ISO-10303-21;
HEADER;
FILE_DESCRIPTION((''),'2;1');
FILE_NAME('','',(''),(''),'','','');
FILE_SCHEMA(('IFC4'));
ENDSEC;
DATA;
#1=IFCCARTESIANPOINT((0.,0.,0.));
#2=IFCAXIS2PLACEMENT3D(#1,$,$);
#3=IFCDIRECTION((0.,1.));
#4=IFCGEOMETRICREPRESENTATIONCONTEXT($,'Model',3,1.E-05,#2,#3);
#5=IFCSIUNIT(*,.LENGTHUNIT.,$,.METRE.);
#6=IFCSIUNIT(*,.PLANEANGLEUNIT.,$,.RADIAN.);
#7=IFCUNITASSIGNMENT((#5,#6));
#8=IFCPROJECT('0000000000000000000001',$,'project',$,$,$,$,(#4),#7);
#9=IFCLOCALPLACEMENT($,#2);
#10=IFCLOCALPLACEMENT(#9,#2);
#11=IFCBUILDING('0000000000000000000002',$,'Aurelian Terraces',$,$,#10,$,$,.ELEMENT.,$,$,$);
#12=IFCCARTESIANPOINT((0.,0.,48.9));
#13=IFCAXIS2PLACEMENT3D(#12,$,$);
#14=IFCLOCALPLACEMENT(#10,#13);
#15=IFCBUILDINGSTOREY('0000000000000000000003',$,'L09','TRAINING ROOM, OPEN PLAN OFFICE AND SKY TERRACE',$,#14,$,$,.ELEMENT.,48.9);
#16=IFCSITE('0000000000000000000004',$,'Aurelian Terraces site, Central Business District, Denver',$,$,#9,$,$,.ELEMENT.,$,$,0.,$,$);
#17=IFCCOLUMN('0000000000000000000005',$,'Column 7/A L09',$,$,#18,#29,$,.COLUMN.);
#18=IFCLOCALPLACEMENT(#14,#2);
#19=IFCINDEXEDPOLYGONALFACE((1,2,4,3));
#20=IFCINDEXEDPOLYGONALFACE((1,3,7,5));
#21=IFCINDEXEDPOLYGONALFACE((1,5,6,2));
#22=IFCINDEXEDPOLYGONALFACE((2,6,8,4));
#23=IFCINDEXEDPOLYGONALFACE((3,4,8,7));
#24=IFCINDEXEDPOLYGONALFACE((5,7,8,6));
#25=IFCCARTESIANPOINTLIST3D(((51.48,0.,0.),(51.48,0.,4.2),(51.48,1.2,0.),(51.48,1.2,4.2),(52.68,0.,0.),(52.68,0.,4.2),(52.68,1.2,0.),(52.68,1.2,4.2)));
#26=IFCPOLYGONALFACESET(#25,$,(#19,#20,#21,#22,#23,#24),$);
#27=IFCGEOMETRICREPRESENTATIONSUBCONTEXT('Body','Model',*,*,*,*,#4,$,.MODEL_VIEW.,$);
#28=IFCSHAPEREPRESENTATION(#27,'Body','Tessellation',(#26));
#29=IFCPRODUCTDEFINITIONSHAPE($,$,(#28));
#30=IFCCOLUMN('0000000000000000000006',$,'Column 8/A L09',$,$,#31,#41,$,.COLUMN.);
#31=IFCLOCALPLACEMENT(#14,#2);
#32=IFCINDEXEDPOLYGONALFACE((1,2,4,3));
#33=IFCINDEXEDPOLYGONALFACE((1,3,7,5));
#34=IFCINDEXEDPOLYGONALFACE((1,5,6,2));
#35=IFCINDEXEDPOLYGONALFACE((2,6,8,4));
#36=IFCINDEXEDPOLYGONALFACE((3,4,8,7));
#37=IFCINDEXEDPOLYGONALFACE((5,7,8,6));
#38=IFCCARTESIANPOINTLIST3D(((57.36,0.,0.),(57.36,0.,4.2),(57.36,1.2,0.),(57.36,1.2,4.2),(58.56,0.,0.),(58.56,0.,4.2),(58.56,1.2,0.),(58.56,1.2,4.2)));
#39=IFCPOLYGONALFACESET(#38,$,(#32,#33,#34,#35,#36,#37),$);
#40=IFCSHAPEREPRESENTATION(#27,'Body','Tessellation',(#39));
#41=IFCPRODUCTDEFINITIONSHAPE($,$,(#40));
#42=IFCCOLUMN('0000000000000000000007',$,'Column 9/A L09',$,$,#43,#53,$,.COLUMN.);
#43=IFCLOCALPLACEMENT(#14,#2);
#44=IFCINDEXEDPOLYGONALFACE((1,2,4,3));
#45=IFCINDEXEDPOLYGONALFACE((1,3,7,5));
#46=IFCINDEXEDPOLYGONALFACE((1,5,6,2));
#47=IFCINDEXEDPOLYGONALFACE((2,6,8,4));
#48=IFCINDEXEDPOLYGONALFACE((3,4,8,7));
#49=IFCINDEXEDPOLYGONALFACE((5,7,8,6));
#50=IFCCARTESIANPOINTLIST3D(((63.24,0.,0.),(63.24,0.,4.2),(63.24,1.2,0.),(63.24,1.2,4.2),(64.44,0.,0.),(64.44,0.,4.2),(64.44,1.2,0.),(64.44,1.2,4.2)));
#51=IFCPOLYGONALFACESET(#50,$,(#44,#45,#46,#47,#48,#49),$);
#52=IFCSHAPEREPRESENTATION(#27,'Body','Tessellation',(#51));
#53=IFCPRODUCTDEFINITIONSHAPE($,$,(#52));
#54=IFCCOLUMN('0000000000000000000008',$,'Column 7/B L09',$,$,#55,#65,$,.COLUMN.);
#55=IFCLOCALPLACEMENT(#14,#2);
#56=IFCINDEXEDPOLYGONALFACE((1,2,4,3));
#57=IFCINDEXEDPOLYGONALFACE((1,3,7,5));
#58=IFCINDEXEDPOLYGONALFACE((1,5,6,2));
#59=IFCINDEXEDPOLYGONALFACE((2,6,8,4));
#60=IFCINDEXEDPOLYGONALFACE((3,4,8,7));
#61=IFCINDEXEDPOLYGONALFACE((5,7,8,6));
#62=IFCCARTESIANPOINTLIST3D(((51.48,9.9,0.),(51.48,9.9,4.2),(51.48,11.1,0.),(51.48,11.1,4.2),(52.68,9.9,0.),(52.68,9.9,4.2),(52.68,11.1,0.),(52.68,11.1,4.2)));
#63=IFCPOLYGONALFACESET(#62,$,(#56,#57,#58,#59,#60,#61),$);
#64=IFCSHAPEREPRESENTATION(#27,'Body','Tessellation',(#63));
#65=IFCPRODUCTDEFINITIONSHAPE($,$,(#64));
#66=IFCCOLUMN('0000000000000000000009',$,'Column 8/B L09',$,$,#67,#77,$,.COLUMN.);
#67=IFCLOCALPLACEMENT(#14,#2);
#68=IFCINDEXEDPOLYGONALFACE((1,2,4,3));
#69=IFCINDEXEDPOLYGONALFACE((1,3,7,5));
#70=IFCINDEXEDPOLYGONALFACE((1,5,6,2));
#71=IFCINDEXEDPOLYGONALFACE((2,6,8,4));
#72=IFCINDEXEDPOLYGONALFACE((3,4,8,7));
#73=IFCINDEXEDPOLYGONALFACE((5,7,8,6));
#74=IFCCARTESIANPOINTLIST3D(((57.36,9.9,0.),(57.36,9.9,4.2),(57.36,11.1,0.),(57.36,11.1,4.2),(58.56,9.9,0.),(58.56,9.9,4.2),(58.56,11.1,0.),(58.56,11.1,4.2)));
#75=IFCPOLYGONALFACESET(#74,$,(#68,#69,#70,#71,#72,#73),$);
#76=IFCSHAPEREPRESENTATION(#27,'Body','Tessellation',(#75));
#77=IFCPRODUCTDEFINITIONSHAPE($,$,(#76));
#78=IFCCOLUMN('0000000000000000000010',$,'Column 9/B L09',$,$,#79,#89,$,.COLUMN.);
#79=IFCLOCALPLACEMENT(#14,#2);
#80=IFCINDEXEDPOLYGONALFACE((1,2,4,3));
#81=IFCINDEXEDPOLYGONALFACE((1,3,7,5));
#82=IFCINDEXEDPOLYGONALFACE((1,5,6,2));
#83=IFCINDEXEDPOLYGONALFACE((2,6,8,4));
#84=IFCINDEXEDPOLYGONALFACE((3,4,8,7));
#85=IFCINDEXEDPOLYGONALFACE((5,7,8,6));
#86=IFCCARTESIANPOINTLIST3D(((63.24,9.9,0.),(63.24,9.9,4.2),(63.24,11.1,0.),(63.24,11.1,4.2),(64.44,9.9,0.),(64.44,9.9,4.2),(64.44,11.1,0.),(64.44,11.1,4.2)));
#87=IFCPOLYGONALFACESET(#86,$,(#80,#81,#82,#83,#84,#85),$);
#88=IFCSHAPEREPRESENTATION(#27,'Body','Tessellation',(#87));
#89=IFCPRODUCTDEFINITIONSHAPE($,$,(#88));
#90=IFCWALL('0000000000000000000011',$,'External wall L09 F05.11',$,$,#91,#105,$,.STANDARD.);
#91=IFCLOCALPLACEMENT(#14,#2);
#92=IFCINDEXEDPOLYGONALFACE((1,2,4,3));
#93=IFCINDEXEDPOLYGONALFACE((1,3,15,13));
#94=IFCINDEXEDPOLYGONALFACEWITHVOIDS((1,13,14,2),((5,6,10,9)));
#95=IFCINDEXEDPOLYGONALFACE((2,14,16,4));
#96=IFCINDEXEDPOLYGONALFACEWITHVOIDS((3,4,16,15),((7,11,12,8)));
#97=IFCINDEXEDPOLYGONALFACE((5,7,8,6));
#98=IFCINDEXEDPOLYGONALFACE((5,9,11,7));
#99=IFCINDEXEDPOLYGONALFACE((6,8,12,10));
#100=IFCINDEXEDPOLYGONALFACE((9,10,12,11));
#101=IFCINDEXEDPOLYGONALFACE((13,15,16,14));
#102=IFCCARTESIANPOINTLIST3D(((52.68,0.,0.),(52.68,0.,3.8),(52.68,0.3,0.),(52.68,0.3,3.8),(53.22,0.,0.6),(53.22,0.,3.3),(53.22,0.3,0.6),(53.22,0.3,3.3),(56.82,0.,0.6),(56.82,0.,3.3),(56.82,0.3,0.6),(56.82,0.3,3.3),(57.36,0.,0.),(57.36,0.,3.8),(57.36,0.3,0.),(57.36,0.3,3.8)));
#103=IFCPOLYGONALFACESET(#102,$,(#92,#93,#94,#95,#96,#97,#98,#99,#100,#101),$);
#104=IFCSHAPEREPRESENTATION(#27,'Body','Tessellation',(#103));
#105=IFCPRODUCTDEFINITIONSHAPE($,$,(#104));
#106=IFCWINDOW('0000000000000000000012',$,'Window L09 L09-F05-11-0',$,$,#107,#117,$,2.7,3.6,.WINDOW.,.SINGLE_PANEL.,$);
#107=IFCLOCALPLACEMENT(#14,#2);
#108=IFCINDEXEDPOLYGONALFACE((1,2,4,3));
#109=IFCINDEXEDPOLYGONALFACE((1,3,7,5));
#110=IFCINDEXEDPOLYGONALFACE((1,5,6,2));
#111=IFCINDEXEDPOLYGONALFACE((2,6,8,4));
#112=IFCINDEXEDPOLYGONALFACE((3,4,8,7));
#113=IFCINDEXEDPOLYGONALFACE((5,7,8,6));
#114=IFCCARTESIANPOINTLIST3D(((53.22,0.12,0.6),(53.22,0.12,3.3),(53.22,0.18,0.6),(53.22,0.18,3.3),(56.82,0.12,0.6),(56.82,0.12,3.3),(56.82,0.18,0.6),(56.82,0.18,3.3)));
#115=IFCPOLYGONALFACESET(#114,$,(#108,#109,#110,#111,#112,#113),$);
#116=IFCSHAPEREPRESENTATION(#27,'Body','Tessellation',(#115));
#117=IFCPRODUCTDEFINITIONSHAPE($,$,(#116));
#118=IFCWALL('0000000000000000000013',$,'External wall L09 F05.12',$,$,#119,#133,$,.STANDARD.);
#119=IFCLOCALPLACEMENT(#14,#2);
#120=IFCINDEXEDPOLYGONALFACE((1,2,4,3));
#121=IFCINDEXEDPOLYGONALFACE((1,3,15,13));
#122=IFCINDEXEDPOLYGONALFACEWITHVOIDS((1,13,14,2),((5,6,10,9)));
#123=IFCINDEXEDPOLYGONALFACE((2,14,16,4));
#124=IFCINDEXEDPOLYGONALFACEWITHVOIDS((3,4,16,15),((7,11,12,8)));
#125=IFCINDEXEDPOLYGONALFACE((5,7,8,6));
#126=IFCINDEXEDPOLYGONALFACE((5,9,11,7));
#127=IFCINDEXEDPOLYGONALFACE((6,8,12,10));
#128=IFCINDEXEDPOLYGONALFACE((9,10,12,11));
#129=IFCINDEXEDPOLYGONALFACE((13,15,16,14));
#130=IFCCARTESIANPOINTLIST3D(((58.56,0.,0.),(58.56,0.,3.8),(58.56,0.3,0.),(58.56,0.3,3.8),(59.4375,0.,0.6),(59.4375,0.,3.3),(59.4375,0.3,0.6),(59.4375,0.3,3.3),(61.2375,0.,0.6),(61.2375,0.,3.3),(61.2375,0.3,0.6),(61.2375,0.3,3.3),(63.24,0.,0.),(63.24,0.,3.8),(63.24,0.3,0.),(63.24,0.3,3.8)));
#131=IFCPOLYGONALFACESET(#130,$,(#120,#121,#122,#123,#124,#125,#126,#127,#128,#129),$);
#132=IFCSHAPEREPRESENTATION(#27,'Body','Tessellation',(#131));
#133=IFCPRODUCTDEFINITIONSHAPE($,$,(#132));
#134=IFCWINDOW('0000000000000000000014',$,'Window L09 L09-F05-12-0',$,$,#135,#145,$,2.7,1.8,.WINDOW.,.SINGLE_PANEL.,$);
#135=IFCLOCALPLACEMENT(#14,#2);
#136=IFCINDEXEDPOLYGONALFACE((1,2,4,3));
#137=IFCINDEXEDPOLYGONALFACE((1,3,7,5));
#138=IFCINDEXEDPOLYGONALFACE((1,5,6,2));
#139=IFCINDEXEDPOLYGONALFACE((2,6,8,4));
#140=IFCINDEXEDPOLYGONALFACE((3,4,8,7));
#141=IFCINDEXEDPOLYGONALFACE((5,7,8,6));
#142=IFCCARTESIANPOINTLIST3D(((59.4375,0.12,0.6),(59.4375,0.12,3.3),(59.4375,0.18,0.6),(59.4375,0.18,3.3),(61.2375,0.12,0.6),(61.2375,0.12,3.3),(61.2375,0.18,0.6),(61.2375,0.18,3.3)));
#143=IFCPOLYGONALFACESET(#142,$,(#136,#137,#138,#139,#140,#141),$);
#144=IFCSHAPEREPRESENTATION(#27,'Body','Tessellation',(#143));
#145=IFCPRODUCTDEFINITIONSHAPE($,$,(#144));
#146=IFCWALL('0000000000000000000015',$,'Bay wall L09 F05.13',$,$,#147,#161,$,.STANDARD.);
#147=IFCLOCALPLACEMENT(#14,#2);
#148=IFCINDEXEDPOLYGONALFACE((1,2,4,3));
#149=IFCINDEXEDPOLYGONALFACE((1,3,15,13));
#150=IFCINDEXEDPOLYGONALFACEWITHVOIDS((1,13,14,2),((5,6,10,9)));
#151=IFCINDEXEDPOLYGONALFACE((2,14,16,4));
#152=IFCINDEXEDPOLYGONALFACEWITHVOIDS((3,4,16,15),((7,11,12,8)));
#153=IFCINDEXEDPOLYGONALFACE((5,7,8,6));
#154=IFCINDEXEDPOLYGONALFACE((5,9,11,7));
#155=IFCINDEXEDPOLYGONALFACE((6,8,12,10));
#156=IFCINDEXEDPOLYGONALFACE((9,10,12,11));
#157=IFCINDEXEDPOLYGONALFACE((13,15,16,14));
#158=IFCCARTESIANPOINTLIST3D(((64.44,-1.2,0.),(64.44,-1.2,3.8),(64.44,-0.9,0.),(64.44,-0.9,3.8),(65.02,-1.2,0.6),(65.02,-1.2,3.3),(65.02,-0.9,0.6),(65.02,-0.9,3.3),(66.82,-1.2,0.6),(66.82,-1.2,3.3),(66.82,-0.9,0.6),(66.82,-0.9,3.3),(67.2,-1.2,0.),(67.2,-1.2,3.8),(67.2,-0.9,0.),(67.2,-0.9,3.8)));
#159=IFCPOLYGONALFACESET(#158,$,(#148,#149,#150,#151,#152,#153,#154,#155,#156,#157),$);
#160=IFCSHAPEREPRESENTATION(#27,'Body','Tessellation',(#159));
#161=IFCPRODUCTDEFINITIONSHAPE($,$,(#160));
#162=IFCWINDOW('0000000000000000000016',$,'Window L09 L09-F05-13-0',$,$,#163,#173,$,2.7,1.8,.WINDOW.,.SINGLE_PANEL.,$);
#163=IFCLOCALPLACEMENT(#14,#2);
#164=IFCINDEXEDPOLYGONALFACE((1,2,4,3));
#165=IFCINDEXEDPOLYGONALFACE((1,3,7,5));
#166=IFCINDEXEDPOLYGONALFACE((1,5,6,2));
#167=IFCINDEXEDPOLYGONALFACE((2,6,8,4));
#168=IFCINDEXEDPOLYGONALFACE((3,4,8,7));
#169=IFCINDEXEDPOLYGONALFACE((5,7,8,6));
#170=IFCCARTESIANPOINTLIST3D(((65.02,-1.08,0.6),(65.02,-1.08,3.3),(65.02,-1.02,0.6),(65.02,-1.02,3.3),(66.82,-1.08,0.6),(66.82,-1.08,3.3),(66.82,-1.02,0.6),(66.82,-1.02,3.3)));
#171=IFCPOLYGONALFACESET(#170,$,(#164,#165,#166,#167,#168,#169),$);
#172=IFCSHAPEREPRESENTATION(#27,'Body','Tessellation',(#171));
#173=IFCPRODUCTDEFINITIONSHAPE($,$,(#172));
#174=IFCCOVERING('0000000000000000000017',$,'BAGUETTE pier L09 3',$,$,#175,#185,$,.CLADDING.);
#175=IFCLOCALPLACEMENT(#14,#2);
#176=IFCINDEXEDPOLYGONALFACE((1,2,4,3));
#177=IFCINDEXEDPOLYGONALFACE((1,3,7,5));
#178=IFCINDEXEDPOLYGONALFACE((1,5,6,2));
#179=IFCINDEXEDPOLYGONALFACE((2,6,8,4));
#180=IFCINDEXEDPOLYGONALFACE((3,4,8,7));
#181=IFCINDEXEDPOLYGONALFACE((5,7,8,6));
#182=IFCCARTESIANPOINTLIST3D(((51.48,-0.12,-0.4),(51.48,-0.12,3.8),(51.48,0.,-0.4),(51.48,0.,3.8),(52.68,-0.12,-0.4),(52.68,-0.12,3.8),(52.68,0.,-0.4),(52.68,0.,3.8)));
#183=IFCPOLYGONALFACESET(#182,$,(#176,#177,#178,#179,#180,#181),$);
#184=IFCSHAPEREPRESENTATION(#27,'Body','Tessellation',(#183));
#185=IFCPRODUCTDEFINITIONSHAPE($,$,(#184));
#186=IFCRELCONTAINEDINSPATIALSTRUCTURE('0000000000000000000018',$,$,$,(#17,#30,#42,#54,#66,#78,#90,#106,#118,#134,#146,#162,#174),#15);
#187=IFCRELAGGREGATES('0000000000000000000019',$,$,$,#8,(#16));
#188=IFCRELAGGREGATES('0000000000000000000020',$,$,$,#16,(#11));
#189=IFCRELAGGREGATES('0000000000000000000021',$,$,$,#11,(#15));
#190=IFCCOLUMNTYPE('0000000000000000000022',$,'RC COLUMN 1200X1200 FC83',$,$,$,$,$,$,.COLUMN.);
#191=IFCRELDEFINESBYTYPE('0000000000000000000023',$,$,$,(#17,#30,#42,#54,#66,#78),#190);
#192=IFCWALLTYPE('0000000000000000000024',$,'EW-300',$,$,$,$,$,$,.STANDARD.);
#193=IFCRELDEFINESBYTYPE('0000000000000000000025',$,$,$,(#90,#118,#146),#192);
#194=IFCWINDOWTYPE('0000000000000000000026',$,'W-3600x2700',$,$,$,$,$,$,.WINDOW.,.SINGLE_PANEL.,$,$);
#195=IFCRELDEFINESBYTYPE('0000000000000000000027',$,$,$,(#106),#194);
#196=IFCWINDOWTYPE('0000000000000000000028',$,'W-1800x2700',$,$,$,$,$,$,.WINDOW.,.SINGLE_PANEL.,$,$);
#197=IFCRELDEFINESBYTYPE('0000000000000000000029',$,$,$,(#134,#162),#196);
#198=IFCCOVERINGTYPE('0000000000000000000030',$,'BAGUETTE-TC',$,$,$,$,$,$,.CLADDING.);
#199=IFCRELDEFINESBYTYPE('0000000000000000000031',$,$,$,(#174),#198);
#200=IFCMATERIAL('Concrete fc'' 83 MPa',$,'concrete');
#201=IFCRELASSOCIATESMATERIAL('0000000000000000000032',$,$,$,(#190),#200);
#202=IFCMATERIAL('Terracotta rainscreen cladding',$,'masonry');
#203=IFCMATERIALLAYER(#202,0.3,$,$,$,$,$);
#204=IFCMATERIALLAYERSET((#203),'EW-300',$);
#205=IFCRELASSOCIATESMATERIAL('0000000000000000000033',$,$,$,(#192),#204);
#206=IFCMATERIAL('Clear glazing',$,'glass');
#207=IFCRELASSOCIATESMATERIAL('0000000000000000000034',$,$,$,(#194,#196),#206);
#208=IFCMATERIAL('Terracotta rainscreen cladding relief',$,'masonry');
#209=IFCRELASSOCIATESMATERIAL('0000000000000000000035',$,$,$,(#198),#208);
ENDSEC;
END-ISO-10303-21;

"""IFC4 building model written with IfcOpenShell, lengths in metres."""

from ifc_helpers import new_model, si_unit, direction, frame, frame_2d, origin, origin_2d, place, context, subcontext, project, spatial, rectangle, extrude, source, transform, mapped, material, layer, layer_set, material_profile, profile_set, type_object, element, fill, save


model = new_model("IFC4")

# Units and contexts
model_context = context("Model", 3, precision=1e-05, world=origin(), true_north=direction((0.0, 1.0)))
body_context = subcontext(model_context, "Body", "Model", "MODEL_VIEW")
ifc_project = project(units=[si_unit("LENGTHUNIT", "METRE"), si_unit("PLANEANGLEUNIT", "RADIAN")], contexts=[model_context])

# Site, building, storey
site_placement = place(None, origin())
site = spatial("IfcSite", under=ifc_project, at=site_placement, Name="Aurelian Terraces site, Central Business District, Denver", CompositionType="ELEMENT", RefElevation=0.0)
building_placement = place(site_placement, origin())
building = spatial("IfcBuilding", under=site, at=building_placement, Name="Aurelian Terraces", CompositionType="ELEMENT")
storey_placement = place(building_placement, frame((0.0, 0.0, 48.9)))
storey = spatial("IfcBuildingStorey", under=building, at=storey_placement, Name="L09", Description="TRAINING ROOM, OPEN PLAN OFFICE AND SKY TERRACE", CompositionType="ELEMENT", Elevation=48.9)

# Columns
ifc_material_1 = material(Name="Concrete fc' 83 MPa", Category="concrete")
ifc_material_profile = material_profile(ifc_material_1, rectangle(XDim=1.2, YDim=1.2, at=origin_2d()))
ifc_profile_set = profile_set([ifc_material_profile], Name="Concrete fc' 83 MPa")
column_type = type_object("IfcColumnType", Name="RC COLUMN 1200X1200 FC83", PredefinedType="COLUMN", material=ifc_profile_set)
shared_shape_1 = source(origin(), body_context, "Body", "SweptSolid", [
    extrude(rectangle(XDim=1.2, YDim=1.2, at=origin_2d()), origin(), (0.0, 0.0, 1.0), 4.2),
])
for number, where, z_axis, x_axis, name in (
    (1, (52.08, 0.6, 0.0), (0.0, 0.0, 1.0), (1.0, 0.0, 0.0), "Column 7/A L09"),
    (2, (57.96, 0.6, 0.0), (0.0, 0.0, 1.0), (1.0, 0.0, 0.0), "Column 8/A L09"),
    (3, (63.84, 0.6, 0.0), (0.0, 0.0, 1.0), (1.0, 0.0, 0.0), "Column 9/A L09"),
    (4, (52.08, 10.5, 0.0), (0.0, 0.0, 1.0), (1.0, 0.0, 0.0), "Column 7/B L09"),
    (5, (57.96, 10.5, 0.0), (0.0, 0.0, 1.0), (1.0, 0.0, 0.0), "Column 8/B L09"),
    (6, (63.84, 10.5, 0.0), (0.0, 0.0, 1.0), (1.0, 0.0, 0.0), "Column 9/B L09"),
):
    element("IfcColumn", number, at=place(storey_placement, frame(where, z_axis=z_axis, x_axis=x_axis)), inside=storey, type_object=column_type, Name=name, PredefinedType="COLUMN", context=body_context, shape_type="MappedRepresentation", body=[
        mapped(shared_shape_1, transform((0.0, 0.0, 0.0), scale=1.0)),
    ])

# Walls, openings, windows
ifc_material_2 = material(Name="Terracotta rainscreen cladding", Category="masonry")
ifc_layer = layer(ifc_material_2, 0.3)
ifc_layer_set = layer_set([ifc_layer], Name="EW-300")
wall_type = type_object("IfcWallType", Name="EW-300", PredefinedType="STANDARD", material=ifc_layer_set)
shared_shape_2 = source(origin(), body_context, "Body", "SweptSolid", [
    extrude(rectangle(XDim=4.68, YDim=0.3, at=frame_2d((2.34, 0.0))), origin(), (0.0, 0.0, 1.0), 3.8),
])
wall_1_placement = place(storey_placement, frame((52.68, 0.15, 0.0), z_axis=(0.0, 0.0, 1.0), x_axis=(1.0, 0.0, 0.0)))
wall_1 = element("IfcWall", 7, at=wall_1_placement, inside=storey, type_object=wall_type, Name="External wall L09 F05.11", PredefinedType="STANDARD", context=body_context, shape_type="MappedRepresentation", body=[
    mapped(shared_shape_2, transform((0.0, 0.0, 0.0), scale=1.0)),
])
shared_shape_3 = source(origin(), body_context, "Body", "SweptSolid", [
    extrude(rectangle(XDim=3.6, YDim=2.7, at=frame_2d((1.8, 1.35))), frame((0.0, 0.16, 0.0), z_axis=(0.0, -1.0, 0.0), x_axis=(1.0, 0.0, 0.0)), (0.0, 0.0, 1.0), 0.32),
])
opening_1_placement = place(wall_1_placement, frame((0.54, 0.0, 0.6)))
opening_1 = element("IfcOpeningElement", 8, at=opening_1_placement, cuts=wall_1, PredefinedType="OPENING", context=body_context, shape_type="MappedRepresentation", body=[
    mapped(shared_shape_3, transform((0.0, 0.0, 0.0), scale=1.0)),
])
ifc_material_3 = material(Name="Clear glazing", Category="glass")
window_type_1 = type_object("IfcWindowType", Name="W-3600x2700", PartitioningType="SINGLE_PANEL", PredefinedType="WINDOW", material=ifc_material_3)
shared_shape_4 = source(origin(), body_context, "Body", "SweptSolid", [
    extrude(rectangle(XDim=3.6, YDim=2.7, at=frame_2d((1.8, 1.35))), frame((0.0, 0.03, 0.0), z_axis=(0.0, -1.0, 0.0), x_axis=(1.0, 0.0, 0.0)), (0.0, 0.0, 1.0), 0.06),
])
window_1_placement = place(opening_1_placement, origin())
window_1 = element("IfcWindow", 9, at=window_1_placement, inside=storey, type_object=window_type_1, Name="Window L09 L09-F05-11-0", OverallHeight=2.7, OverallWidth=3.6, PartitioningType="SINGLE_PANEL", PredefinedType="WINDOW", context=body_context, shape_type="MappedRepresentation", body=[
    mapped(shared_shape_4, transform((0.0, 0.0, 0.0), scale=1.0)),
])
fill(opening_1, window_1)
wall_2_placement = place(storey_placement, frame((58.56, 0.15, 0.0), z_axis=(0.0, 0.0, 1.0), x_axis=(1.0, 0.0, 0.0)))
wall_2 = element("IfcWall", 10, at=wall_2_placement, inside=storey, type_object=wall_type, Name="External wall L09 F05.12", PredefinedType="STANDARD", context=body_context, shape_type="MappedRepresentation", body=[
    mapped(shared_shape_2, transform((0.0, 0.0, 0.0), scale=1.0)),
])
shared_shape_5 = source(origin(), body_context, "Body", "SweptSolid", [
    extrude(rectangle(XDim=1.8, YDim=2.7, at=frame_2d((0.9, 1.35))), frame((0.0, 0.16, 0.0), z_axis=(0.0, -1.0, 0.0), x_axis=(1.0, 0.0, 0.0)), (0.0, 0.0, 1.0), 0.32),
])
opening_2_placement = place(wall_2_placement, frame((0.8775, 0.0, 0.6)))
opening_2 = element("IfcOpeningElement", 11, at=opening_2_placement, cuts=wall_2, PredefinedType="OPENING", context=body_context, shape_type="MappedRepresentation", body=[
    mapped(shared_shape_5, transform((0.0, 0.0, 0.0), scale=1.0)),
])
window_type_2 = type_object("IfcWindowType", Name="W-1800x2700", PartitioningType="SINGLE_PANEL", PredefinedType="WINDOW", material=ifc_material_3)
shared_shape_6 = source(origin(), body_context, "Body", "SweptSolid", [
    extrude(rectangle(XDim=1.8, YDim=2.7, at=frame_2d((0.9, 1.35))), frame((0.0, 0.03, 0.0), z_axis=(0.0, -1.0, 0.0), x_axis=(1.0, 0.0, 0.0)), (0.0, 0.0, 1.0), 0.06),
])
window_2_placement = place(opening_2_placement, origin())
window_2 = element("IfcWindow", 12, at=window_2_placement, inside=storey, type_object=window_type_2, Name="Window L09 L09-F05-12-0", OverallHeight=2.7, OverallWidth=1.8, PartitioningType="SINGLE_PANEL", PredefinedType="WINDOW", context=body_context, shape_type="MappedRepresentation", body=[
    mapped(shared_shape_6, transform((0.0, 0.0, 0.0), scale=1.0)),
])
fill(opening_2, window_2)
shared_shape_7 = source(origin(), body_context, "Body", "SweptSolid", [
    extrude(rectangle(XDim=2.76, YDim=0.3, at=frame_2d((1.38, 0.0))), origin(), (0.0, 0.0, 1.0), 3.8),
])
wall_3_placement = place(storey_placement, frame((64.44, -1.05, 0.0), z_axis=(0.0, 0.0, 1.0), x_axis=(1.0, 0.0, 0.0)))
wall_3 = element("IfcWall", 13, at=wall_3_placement, inside=storey, type_object=wall_type, Name="Bay wall L09 F05.13", PredefinedType="STANDARD", context=body_context, shape_type="MappedRepresentation", body=[
    mapped(shared_shape_7, transform((0.0, 0.0, 0.0), scale=1.0)),
])
opening_3_placement = place(wall_3_placement, frame((0.58, 0.0, 0.6)))
opening_3 = element("IfcOpeningElement", 14, at=opening_3_placement, cuts=wall_3, PredefinedType="OPENING", context=body_context, shape_type="MappedRepresentation", body=[
    mapped(shared_shape_5, transform((0.0, 0.0, 0.0), scale=1.0)),
])
window_3_placement = place(opening_3_placement, origin())
window_3 = element("IfcWindow", 15, at=window_3_placement, inside=storey, type_object=window_type_2, Name="Window L09 L09-F05-13-0", OverallHeight=2.7, OverallWidth=1.8, PartitioningType="SINGLE_PANEL", PredefinedType="WINDOW", context=body_context, shape_type="MappedRepresentation", body=[
    mapped(shared_shape_6, transform((0.0, 0.0, 0.0), scale=1.0)),
])
fill(opening_3, window_3)

# Covering
ifc_material_4 = material(Name="Terracotta rainscreen cladding relief", Category="masonry")
covering_type = type_object("IfcCoveringType", Name="BAGUETTE-TC", PredefinedType="CLADDING", material=ifc_material_4)
shared_shape_8 = source(origin(), body_context, "Body", "SweptSolid", [
    extrude(rectangle(XDim=1.2, YDim=0.12, at=origin_2d()), origin(), (0.0, 0.0, 1.0), 4.2),
])
for number, where, z_axis, x_axis, name in (
    (16, (52.08, -0.06, -0.4), (0.0, 0.0, 1.0), (1.0, 0.0, 0.0), "BAGUETTE pier L09 3"),
):
    element("IfcCovering", number, at=place(storey_placement, frame(where, z_axis=z_axis, x_axis=x_axis)), inside=storey, type_object=covering_type, Name=name, PredefinedType="CLADDING", context=body_context, shape_type="MappedRepresentation", body=[
        mapped(shared_shape_8, transform((0.0, 0.0, 0.0), scale=1.0)),
    ])

save(model, "model.ifc")
